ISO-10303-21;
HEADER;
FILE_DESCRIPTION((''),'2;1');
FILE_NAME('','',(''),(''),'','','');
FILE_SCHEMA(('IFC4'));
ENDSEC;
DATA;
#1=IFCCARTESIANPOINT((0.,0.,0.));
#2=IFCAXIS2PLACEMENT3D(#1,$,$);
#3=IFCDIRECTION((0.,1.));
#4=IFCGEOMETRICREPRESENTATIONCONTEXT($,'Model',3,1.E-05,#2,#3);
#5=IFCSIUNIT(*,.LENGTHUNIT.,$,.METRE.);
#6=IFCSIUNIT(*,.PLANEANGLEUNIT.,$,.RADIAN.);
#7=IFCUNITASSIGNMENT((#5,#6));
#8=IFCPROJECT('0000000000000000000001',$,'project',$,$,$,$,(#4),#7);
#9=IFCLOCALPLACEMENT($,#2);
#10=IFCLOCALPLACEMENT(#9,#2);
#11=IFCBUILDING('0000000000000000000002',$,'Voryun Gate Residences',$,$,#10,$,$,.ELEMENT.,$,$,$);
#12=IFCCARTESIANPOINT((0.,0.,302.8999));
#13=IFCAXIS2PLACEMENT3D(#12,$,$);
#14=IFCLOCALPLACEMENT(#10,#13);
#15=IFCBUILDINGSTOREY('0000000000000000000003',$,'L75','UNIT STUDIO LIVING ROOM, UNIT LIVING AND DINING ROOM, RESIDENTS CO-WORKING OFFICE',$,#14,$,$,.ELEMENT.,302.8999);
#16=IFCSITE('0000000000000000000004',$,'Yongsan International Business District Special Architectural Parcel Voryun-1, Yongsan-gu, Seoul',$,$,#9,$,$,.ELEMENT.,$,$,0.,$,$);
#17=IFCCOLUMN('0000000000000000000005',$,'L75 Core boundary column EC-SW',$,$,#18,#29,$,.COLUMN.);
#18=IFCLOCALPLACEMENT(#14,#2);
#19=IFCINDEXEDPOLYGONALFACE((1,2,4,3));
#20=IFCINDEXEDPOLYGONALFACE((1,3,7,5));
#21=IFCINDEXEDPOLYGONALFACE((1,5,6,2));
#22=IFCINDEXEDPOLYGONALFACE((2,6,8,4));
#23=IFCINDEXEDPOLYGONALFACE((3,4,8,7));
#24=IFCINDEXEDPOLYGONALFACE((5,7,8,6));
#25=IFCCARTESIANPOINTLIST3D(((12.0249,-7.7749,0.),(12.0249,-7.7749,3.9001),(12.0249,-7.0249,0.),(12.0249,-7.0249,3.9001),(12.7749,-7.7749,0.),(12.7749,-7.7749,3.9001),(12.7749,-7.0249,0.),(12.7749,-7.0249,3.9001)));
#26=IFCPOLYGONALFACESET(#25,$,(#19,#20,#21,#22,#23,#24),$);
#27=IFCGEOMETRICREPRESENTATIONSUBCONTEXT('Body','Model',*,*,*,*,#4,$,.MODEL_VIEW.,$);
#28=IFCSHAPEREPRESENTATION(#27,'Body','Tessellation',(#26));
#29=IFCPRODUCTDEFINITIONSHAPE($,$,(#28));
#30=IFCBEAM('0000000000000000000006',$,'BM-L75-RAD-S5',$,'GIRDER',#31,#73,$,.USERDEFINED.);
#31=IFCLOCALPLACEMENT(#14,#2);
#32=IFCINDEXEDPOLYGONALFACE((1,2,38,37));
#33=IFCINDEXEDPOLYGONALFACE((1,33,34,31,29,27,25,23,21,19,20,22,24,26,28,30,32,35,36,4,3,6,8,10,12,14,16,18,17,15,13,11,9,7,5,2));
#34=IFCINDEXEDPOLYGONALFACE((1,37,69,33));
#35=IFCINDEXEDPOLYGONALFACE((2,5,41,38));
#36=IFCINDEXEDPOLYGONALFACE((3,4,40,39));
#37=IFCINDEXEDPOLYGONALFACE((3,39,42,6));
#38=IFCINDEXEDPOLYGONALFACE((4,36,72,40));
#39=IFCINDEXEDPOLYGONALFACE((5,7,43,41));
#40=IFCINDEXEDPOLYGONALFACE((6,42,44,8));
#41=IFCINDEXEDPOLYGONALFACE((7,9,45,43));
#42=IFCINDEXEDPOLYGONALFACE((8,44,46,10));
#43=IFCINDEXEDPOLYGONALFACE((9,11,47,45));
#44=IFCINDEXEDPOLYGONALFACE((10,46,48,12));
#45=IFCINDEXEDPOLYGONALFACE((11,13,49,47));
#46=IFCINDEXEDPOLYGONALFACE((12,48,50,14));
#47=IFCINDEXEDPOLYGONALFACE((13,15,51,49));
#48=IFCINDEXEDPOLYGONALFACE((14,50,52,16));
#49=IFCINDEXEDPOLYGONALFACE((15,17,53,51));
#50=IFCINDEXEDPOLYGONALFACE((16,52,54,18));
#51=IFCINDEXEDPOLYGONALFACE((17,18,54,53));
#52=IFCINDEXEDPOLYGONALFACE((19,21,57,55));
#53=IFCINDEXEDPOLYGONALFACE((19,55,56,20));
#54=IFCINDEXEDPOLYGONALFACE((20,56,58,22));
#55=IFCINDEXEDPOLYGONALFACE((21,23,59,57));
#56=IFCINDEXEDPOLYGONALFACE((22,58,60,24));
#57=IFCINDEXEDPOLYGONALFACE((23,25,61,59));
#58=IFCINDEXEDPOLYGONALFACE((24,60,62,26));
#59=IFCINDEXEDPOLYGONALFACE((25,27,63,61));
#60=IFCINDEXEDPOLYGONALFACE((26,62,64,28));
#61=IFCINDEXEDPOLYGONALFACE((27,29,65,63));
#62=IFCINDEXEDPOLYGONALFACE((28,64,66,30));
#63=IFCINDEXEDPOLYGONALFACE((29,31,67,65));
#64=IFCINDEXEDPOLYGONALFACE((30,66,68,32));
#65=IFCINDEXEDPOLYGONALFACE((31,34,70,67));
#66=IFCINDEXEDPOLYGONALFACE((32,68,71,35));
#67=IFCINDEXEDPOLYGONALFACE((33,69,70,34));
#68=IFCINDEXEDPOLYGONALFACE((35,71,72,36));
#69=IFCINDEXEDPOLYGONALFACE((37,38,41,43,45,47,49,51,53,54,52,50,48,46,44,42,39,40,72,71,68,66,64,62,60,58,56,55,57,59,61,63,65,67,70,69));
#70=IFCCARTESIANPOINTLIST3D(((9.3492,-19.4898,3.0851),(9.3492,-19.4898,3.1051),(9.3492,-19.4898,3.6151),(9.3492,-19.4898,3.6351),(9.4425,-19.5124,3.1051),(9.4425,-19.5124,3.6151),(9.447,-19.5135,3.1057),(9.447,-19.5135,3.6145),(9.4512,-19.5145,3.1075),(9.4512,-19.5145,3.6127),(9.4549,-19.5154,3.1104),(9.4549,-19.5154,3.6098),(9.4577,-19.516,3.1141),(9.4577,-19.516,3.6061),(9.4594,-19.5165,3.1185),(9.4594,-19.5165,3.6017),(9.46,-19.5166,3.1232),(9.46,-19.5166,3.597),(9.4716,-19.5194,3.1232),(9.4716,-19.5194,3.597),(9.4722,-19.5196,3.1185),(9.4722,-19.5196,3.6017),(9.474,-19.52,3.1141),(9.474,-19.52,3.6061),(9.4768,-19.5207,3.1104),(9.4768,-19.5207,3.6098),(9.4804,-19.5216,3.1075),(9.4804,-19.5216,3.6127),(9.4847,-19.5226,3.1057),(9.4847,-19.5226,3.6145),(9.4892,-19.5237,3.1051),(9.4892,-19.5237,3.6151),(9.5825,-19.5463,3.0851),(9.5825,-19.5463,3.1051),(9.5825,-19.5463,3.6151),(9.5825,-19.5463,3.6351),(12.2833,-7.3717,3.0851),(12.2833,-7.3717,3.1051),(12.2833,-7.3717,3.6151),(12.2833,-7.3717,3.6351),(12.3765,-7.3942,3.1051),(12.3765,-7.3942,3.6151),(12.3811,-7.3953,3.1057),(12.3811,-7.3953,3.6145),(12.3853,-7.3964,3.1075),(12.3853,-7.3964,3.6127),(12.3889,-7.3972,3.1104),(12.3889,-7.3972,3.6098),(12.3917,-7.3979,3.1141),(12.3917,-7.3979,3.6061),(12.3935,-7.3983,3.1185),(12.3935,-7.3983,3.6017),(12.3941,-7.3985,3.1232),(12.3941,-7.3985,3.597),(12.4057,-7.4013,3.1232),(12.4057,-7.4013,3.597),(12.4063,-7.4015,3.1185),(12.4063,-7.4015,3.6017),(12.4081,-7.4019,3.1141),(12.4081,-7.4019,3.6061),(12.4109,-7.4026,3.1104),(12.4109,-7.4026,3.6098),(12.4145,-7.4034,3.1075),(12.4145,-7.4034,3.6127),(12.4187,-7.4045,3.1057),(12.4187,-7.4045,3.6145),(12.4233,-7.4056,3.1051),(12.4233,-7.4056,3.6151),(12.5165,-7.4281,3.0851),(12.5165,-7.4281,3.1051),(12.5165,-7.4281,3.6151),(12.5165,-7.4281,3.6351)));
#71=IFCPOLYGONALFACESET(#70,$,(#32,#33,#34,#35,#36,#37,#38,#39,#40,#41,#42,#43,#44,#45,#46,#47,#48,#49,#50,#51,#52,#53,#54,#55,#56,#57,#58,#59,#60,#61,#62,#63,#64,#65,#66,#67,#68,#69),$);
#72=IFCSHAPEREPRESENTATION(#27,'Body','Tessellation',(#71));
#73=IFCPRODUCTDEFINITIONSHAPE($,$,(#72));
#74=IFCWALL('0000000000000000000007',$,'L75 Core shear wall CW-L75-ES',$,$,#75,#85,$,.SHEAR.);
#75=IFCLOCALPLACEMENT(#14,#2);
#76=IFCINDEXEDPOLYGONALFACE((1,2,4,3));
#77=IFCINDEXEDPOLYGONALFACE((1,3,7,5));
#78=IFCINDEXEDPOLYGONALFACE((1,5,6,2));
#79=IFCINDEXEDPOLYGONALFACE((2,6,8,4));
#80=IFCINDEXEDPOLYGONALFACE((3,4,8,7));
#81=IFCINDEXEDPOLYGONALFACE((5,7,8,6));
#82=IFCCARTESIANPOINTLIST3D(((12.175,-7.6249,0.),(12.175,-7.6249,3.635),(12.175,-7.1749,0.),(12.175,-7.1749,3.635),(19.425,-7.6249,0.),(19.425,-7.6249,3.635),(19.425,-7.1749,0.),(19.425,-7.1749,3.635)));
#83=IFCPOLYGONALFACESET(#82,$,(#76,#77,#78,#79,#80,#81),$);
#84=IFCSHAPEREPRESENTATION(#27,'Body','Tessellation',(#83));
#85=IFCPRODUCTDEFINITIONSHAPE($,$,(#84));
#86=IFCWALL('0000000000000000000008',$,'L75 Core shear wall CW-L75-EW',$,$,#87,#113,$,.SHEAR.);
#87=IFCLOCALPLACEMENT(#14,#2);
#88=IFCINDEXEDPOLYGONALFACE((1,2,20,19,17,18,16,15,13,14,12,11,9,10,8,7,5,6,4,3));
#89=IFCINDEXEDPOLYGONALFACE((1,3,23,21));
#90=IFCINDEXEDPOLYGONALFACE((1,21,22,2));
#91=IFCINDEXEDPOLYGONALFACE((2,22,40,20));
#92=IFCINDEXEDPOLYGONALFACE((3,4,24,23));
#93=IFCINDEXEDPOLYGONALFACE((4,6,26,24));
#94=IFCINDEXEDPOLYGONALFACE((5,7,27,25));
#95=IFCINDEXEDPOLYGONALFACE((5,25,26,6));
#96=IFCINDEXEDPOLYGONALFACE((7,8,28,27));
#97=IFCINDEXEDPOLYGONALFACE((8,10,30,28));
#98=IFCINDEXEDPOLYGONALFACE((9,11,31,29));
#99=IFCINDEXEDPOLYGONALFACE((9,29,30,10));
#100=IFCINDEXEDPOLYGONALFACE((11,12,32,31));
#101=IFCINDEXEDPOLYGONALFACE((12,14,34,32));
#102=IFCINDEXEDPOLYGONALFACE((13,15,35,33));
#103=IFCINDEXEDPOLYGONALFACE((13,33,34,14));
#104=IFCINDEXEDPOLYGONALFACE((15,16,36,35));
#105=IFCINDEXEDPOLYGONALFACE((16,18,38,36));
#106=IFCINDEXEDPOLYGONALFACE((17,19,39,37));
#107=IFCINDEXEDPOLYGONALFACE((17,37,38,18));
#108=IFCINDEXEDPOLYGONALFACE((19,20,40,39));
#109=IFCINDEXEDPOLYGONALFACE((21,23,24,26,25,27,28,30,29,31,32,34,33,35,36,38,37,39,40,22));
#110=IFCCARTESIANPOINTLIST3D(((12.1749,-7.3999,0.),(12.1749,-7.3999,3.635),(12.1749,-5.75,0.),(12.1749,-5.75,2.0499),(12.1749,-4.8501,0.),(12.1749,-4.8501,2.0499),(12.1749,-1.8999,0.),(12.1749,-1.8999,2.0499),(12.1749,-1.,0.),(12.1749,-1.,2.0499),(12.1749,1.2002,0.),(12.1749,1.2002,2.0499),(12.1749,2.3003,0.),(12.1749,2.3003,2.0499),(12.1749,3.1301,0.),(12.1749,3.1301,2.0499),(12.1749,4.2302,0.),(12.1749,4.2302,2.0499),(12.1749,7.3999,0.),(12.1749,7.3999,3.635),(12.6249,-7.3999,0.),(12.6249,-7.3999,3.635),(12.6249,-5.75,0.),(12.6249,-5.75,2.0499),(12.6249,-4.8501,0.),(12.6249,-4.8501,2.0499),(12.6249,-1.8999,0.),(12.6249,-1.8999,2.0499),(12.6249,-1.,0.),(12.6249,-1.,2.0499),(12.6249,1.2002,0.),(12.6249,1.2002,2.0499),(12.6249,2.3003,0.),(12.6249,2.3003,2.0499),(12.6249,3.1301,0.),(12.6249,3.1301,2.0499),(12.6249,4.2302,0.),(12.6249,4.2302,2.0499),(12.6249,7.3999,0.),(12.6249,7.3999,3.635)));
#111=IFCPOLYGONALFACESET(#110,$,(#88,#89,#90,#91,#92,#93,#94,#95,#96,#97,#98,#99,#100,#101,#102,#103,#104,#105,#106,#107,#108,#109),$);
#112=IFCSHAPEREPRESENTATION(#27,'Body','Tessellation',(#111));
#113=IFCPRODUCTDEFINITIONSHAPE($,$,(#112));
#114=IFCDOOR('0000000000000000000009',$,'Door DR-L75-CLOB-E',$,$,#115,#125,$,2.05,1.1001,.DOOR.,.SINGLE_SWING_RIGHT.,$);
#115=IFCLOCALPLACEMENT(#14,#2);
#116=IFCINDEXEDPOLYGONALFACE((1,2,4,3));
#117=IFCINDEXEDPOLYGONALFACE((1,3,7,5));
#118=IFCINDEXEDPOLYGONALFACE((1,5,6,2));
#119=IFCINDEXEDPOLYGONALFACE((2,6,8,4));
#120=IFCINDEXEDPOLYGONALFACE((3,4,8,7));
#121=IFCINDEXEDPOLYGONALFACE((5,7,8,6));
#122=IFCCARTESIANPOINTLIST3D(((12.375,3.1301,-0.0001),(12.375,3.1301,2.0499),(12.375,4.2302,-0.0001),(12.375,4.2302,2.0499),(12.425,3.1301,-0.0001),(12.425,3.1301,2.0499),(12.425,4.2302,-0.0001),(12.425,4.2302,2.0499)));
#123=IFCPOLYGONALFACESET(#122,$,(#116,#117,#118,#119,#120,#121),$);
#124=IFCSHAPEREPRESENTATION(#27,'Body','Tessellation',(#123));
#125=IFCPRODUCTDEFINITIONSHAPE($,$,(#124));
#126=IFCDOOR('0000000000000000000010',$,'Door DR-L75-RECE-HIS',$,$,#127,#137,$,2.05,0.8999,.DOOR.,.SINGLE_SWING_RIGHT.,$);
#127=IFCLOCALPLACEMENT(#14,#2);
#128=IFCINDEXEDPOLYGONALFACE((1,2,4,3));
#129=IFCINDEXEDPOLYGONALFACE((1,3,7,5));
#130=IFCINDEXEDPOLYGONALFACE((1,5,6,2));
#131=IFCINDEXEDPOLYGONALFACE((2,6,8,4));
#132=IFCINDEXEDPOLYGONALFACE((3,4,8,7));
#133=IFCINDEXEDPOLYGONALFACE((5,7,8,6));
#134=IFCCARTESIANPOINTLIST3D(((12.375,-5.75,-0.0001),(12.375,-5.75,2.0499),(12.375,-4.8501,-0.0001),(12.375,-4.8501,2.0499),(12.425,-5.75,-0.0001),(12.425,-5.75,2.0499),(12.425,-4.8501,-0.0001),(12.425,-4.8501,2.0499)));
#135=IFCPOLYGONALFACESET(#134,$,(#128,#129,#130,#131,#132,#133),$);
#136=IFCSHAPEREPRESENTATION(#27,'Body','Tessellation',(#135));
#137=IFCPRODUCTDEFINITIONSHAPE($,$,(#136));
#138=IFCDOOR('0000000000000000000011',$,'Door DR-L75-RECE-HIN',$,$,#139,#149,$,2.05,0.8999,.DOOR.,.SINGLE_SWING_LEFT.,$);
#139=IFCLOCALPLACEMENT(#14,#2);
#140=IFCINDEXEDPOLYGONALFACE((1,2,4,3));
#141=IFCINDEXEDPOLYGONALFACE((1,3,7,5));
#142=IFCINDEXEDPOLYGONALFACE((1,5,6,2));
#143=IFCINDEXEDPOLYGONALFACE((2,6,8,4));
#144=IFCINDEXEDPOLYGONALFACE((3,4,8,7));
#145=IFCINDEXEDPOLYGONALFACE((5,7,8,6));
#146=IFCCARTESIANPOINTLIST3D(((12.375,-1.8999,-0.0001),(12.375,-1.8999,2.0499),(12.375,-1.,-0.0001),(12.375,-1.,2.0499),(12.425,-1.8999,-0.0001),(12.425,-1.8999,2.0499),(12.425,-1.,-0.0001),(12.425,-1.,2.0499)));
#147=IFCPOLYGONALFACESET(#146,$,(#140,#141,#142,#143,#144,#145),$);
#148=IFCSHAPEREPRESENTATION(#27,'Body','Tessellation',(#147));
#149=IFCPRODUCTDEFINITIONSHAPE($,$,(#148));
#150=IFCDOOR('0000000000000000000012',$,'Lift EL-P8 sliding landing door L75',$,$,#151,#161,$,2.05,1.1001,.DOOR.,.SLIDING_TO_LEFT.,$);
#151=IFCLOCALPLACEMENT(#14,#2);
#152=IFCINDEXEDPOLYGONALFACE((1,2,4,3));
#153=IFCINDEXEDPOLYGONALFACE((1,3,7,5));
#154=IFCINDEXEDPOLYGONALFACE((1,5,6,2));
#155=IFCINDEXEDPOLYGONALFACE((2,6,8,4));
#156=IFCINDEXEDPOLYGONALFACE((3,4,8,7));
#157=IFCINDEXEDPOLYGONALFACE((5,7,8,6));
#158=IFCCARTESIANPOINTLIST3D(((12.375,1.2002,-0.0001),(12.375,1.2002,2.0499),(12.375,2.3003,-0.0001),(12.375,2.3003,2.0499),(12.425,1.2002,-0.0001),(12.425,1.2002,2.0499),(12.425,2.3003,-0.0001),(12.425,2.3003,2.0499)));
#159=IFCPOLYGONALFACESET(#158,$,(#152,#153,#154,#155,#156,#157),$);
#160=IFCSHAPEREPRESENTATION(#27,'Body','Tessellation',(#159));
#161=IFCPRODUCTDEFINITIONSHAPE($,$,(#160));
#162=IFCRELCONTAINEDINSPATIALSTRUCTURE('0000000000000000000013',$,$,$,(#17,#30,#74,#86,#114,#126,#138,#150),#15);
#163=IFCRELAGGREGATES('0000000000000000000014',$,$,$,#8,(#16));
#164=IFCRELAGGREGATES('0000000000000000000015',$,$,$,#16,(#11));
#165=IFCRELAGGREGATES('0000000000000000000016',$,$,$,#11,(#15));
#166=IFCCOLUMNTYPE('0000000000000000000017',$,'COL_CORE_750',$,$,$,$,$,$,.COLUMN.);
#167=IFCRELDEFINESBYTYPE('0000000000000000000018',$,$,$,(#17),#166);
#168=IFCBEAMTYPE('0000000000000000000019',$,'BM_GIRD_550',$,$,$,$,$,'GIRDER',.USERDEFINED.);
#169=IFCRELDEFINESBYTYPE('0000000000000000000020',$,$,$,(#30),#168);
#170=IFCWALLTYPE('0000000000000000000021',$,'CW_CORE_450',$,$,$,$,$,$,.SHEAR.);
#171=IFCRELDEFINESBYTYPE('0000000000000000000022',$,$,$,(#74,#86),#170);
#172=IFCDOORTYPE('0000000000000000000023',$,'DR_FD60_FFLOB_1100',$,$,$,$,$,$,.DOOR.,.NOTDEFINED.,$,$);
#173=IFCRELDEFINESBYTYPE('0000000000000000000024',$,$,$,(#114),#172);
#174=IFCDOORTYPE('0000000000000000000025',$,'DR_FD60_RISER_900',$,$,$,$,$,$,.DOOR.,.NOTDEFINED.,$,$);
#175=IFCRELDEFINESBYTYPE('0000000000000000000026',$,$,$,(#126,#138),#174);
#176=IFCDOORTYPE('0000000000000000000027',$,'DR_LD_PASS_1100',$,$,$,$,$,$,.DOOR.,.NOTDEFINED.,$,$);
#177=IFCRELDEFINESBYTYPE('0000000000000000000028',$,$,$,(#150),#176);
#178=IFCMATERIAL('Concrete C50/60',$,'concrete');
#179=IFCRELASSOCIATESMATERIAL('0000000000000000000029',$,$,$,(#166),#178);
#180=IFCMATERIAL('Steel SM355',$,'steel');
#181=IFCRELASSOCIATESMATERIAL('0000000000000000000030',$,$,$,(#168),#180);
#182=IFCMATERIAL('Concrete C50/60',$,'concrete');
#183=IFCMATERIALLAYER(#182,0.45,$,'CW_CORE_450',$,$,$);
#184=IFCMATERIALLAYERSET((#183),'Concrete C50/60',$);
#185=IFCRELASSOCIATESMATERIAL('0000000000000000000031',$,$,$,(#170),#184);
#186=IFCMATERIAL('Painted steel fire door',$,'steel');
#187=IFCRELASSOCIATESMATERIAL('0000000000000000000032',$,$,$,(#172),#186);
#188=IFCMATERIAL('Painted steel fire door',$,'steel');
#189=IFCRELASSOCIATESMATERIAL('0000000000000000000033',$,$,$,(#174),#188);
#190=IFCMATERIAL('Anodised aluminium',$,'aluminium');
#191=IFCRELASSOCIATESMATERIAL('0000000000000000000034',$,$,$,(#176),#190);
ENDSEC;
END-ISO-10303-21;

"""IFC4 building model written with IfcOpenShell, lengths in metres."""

from ifc_helpers import new_model, si_unit, direction, frame, frame_2d, origin, origin_2d, place, context, subcontext, project, spatial, rectangle, i_section, extrude, material, layer, layer_set, material_profile, profile_set, type_object, element, fill, save


model = new_model("IFC4")

# Units and contexts
model_context = context("Model", 3, precision=1e-05, world=origin(), true_north=direction((0.0, 1.0)))
body_context = subcontext(model_context, "Body", "Model", "MODEL_VIEW")
ifc_project = project(units=[si_unit("LENGTHUNIT", "METRE"), si_unit("PLANEANGLEUNIT", "RADIAN")], contexts=[model_context])

# Site, building, storey
site_placement = place(None, origin())
site = spatial("IfcSite", under=ifc_project, at=site_placement, Name="Yongsan International Business District Special Architectural Parcel Voryun-1, Yongsan-gu, Seoul", CompositionType="ELEMENT", RefElevation=0.0)
building_placement = place(site_placement, origin())
building = spatial("IfcBuilding", under=site, at=building_placement, Name="Voryun Gate Residences", CompositionType="ELEMENT")
storey_placement = place(building_placement, frame((0.0, 0.0, 302.8999)))
storey = spatial("IfcBuildingStorey", under=building, at=storey_placement, Name="L75", Description="UNIT STUDIO LIVING ROOM, UNIT LIVING AND DINING ROOM, RESIDENTS CO-WORKING OFFICE", CompositionType="ELEMENT", Elevation=302.8999)

# Column
ifc_material_1 = material(Name="Concrete C50/60", Category="concrete")
ifc_material_profile_1 = material_profile(ifc_material_1, rectangle(XDim=0.75, YDim=0.75, at=origin_2d()), Name="RC-750x750")
ifc_profile_set_1 = profile_set([ifc_material_profile_1], Name="Concrete C50/60")
column_type = type_object("IfcColumnType", Name="COL_CORE_750", PredefinedType="COLUMN", material=ifc_profile_set_1)
column_placement = place(storey_placement, frame((12.3999, -7.3999, 0.0), z_axis=(0.0, 0.0, 1.0), x_axis=(1.0, 0.0, 0.0)))
element("IfcColumn", 1, at=column_placement, inside=storey, type_object=column_type, Name="L75 Core boundary column EC-SW", PredefinedType="COLUMN", context=body_context, shape_type="SweptSolid", body=[
    extrude(rectangle(XDim=0.75, YDim=0.75, at=origin_2d()), origin(), (0.0, 0.0, 1.0), 3.9001),
])

# Beam
ifc_material_2 = material(Name="Steel SM355", Category="steel")
ifc_material_profile_2 = material_profile(ifc_material_2, i_section(OverallWidth=0.24, OverallDepth=0.55, WebThickness=0.012, FlangeThickness=0.02, FilletRadius=0.0181, at=origin_2d()), Name="H-550x240x12x20")
ifc_profile_set_2 = profile_set([ifc_material_profile_2], Name="Steel SM355")
beam_type = type_object("IfcBeamType", Name="BM_GIRD_550", ElementType="GIRDER", PredefinedType="USERDEFINED", material=ifc_profile_set_2)
beam_placement = place(storey_placement, frame((12.3999, -7.3999, 3.3601), z_axis=(-0.235323, -0.971917, 0.0), x_axis=(0.971917, -0.235323, 0.0)))
element("IfcBeam", 2, at=beam_placement, inside=storey, type_object=beam_type, Name="BM-L75-RAD-S5", ObjectType="GIRDER", PredefinedType="USERDEFINED", context=body_context, shape_type="SweptSolid", body=[
    extrude(i_section(OverallWidth=0.24, OverallDepth=0.55, WebThickness=0.012, FlangeThickness=0.02, FilletRadius=0.0181, at=origin_2d()), origin(), (0.0, 0.0, 1.0), 12.4683),
])

# Wall
ifc_material_3 = material(Name="Concrete C50/60", Category="concrete")
ifc_layer_1 = layer(ifc_material_3, 0.45, Name="CW_CORE_450")
ifc_layer_set_1 = layer_set([ifc_layer_1], Name="Concrete C50/60")
wall_type_1 = type_object("IfcWallType", Name="CW_CORE_450", PredefinedType="SHEAR", material=ifc_layer_set_1)
wall_1_placement = place(storey_placement, frame((12.175, -7.3999, 0.0), z_axis=(0.0, 0.0, 1.0), x_axis=(1.0, 0.0, 0.0)))
element("IfcWall", 3, at=wall_1_placement, inside=storey, type_object=wall_type_1, Name="L75 Core shear wall CW-L75-ES", PredefinedType="SHEAR", context=body_context, shape_type="SweptSolid", body=[
    extrude(rectangle(XDim=7.25, YDim=0.45, at=frame_2d((3.625, 0.0))), origin(), (0.0, 0.0, 1.0), 3.635),
])

# Wall, openings, doors
wall_2_placement = place(storey_placement, frame((12.3999, -7.3999, 0.0), z_axis=(0.0, 0.0, 1.0), x_axis=(0.0, 1.0, 0.0)))
wall_2 = element("IfcWall", 4, at=wall_2_placement, inside=storey, type_object=wall_type_1, Name="L75 Core shear wall CW-L75-EW", PredefinedType="SHEAR", context=body_context, shape_type="SweptSolid", body=[
    extrude(rectangle(XDim=14.7998, YDim=0.45, at=frame_2d((7.3999, 0.0))), origin(), (0.0, 0.0, 1.0), 3.635),
])
opening_1_placement = place(wall_2_placement, frame((8.6001, 0.0, 0.0)))
opening_1 = element("IfcOpeningElement", 5, at=opening_1_placement, cuts=wall_2, PredefinedType="OPENING", context=body_context, shape_type="SweptSolid", body=[
    extrude(rectangle(XDim=1.1001, YDim=2.05, at=frame_2d((0.55, 1.0249))), frame((0.0, 0.2351, 0.0), z_axis=(0.0, -1.0, 0.0), x_axis=(1.0, 0.0, 0.0)), (0.0, 0.0, 1.0), 0.47),
])
opening_2_placement = place(wall_2_placement, frame((10.53, 0.0, 0.0)))
opening_2 = element("IfcOpeningElement", 6, at=opening_2_placement, cuts=wall_2, PredefinedType="OPENING", context=body_context, shape_type="SweptSolid", body=[
    extrude(rectangle(XDim=1.1001, YDim=2.05, at=frame_2d((0.55, 1.0249))), frame((0.0, 0.2351, 0.0), z_axis=(0.0, -1.0, 0.0), x_axis=(1.0, 0.0, 0.0)), (0.0, 0.0, 1.0), 0.47),
])
opening_3_placement = place(wall_2_placement, frame((1.6499, 0.0, 0.0)))
opening_3 = element("IfcOpeningElement", 7, at=opening_3_placement, cuts=wall_2, PredefinedType="OPENING", context=body_context, shape_type="SweptSolid", body=[
    extrude(rectangle(XDim=0.8999, YDim=2.05, at=frame_2d((0.45, 1.0249))), frame((0.0, 0.2351, 0.0), z_axis=(0.0, -1.0, 0.0), x_axis=(1.0, 0.0, 0.0)), (0.0, 0.0, 1.0), 0.47),
])
opening_4_placement = place(wall_2_placement, frame((5.5, 0.0, 0.0)))
opening_4 = element("IfcOpeningElement", 8, at=opening_4_placement, cuts=wall_2, PredefinedType="OPENING", context=body_context, shape_type="SweptSolid", body=[
    extrude(rectangle(XDim=0.8999, YDim=2.05, at=frame_2d((0.45, 1.0249))), frame((0.0, 0.2351, 0.0), z_axis=(0.0, -1.0, 0.0), x_axis=(1.0, 0.0, 0.0)), (0.0, 0.0, 1.0), 0.47),
])
ifc_material_4 = material(Name="Painted steel fire door", Category="steel")
door_type_1 = type_object("IfcDoorType", Name="DR_FD60_FFLOB_1100", OperationType="NOTDEFINED", PredefinedType="DOOR", material=ifc_material_4)
door_1_placement = place(opening_2_placement, origin())
door_1 = element("IfcDoor", 9, at=door_1_placement, inside=storey, type_object=door_type_1, Name="Door DR-L75-CLOB-E", OperationType="SINGLE_SWING_RIGHT", OverallHeight=2.05, OverallWidth=1.1001, PredefinedType="DOOR", context=body_context, shape_type="SweptSolid", body=[
    extrude(rectangle(XDim=1.1001, YDim=2.05, at=frame_2d((0.55, 1.0249))), frame((0.0, 0.0249, 0.0), z_axis=(0.0, -1.0, 0.0), x_axis=(1.0, 0.0, 0.0)), (0.0, 0.0, 1.0), 0.05),
])
fill(opening_2, door_1)
ifc_material_5 = material(Name="Painted steel fire door", Category="steel")
door_type_2 = type_object("IfcDoorType", Name="DR_FD60_RISER_900", OperationType="NOTDEFINED", PredefinedType="DOOR", material=ifc_material_5)
door_2_placement = place(opening_3_placement, origin())
door_2 = element("IfcDoor", 10, at=door_2_placement, inside=storey, type_object=door_type_2, Name="Door DR-L75-RECE-HIS", OperationType="SINGLE_SWING_RIGHT", OverallHeight=2.05, OverallWidth=0.8999, PredefinedType="DOOR", context=body_context, shape_type="SweptSolid", body=[
    extrude(rectangle(XDim=0.8999, YDim=2.05, at=frame_2d((0.45, 1.0249))), frame((0.0, 0.0249, 0.0), z_axis=(0.0, -1.0, 0.0), x_axis=(1.0, 0.0, 0.0)), (0.0, 0.0, 1.0), 0.05),
])
fill(opening_3, door_2)
door_3_placement = place(opening_4_placement, origin())
door_3 = element("IfcDoor", 11, at=door_3_placement, inside=storey, type_object=door_type_2, Name="Door DR-L75-RECE-HIN", OperationType="SINGLE_SWING_LEFT", OverallHeight=2.05, OverallWidth=0.8999, PredefinedType="DOOR", context=body_context, shape_type="SweptSolid", body=[
    extrude(rectangle(XDim=0.8999, YDim=2.05, at=frame_2d((0.45, 1.0249))), frame((0.0, 0.0249, 0.0), z_axis=(0.0, -1.0, 0.0), x_axis=(1.0, 0.0, 0.0)), (0.0, 0.0, 1.0), 0.05),
])
fill(opening_4, door_3)
ifc_material_6 = material(Name="Anodised aluminium", Category="aluminium")
door_type_3 = type_object("IfcDoorType", Name="DR_LD_PASS_1100", OperationType="NOTDEFINED", PredefinedType="DOOR", material=ifc_material_6)
door_4_placement = place(opening_1_placement, origin())
door_4 = element("IfcDoor", 12, at=door_4_placement, inside=storey, type_object=door_type_3, Name="Lift EL-P8 sliding landing door L75", OperationType="SLIDING_TO_LEFT", OverallHeight=2.05, OverallWidth=1.1001, PredefinedType="DOOR", context=body_context, shape_type="SweptSolid", body=[
    extrude(rectangle(XDim=1.1001, YDim=2.05, at=frame_2d((0.55, 1.0249))), frame((0.0, 0.0249, 0.0), z_axis=(0.0, -1.0, 0.0), x_axis=(1.0, 0.0, 0.0)), (0.0, 0.0, 1.0), 0.05),
])
fill(opening_1, door_4)

save(model, "model.ifc")
